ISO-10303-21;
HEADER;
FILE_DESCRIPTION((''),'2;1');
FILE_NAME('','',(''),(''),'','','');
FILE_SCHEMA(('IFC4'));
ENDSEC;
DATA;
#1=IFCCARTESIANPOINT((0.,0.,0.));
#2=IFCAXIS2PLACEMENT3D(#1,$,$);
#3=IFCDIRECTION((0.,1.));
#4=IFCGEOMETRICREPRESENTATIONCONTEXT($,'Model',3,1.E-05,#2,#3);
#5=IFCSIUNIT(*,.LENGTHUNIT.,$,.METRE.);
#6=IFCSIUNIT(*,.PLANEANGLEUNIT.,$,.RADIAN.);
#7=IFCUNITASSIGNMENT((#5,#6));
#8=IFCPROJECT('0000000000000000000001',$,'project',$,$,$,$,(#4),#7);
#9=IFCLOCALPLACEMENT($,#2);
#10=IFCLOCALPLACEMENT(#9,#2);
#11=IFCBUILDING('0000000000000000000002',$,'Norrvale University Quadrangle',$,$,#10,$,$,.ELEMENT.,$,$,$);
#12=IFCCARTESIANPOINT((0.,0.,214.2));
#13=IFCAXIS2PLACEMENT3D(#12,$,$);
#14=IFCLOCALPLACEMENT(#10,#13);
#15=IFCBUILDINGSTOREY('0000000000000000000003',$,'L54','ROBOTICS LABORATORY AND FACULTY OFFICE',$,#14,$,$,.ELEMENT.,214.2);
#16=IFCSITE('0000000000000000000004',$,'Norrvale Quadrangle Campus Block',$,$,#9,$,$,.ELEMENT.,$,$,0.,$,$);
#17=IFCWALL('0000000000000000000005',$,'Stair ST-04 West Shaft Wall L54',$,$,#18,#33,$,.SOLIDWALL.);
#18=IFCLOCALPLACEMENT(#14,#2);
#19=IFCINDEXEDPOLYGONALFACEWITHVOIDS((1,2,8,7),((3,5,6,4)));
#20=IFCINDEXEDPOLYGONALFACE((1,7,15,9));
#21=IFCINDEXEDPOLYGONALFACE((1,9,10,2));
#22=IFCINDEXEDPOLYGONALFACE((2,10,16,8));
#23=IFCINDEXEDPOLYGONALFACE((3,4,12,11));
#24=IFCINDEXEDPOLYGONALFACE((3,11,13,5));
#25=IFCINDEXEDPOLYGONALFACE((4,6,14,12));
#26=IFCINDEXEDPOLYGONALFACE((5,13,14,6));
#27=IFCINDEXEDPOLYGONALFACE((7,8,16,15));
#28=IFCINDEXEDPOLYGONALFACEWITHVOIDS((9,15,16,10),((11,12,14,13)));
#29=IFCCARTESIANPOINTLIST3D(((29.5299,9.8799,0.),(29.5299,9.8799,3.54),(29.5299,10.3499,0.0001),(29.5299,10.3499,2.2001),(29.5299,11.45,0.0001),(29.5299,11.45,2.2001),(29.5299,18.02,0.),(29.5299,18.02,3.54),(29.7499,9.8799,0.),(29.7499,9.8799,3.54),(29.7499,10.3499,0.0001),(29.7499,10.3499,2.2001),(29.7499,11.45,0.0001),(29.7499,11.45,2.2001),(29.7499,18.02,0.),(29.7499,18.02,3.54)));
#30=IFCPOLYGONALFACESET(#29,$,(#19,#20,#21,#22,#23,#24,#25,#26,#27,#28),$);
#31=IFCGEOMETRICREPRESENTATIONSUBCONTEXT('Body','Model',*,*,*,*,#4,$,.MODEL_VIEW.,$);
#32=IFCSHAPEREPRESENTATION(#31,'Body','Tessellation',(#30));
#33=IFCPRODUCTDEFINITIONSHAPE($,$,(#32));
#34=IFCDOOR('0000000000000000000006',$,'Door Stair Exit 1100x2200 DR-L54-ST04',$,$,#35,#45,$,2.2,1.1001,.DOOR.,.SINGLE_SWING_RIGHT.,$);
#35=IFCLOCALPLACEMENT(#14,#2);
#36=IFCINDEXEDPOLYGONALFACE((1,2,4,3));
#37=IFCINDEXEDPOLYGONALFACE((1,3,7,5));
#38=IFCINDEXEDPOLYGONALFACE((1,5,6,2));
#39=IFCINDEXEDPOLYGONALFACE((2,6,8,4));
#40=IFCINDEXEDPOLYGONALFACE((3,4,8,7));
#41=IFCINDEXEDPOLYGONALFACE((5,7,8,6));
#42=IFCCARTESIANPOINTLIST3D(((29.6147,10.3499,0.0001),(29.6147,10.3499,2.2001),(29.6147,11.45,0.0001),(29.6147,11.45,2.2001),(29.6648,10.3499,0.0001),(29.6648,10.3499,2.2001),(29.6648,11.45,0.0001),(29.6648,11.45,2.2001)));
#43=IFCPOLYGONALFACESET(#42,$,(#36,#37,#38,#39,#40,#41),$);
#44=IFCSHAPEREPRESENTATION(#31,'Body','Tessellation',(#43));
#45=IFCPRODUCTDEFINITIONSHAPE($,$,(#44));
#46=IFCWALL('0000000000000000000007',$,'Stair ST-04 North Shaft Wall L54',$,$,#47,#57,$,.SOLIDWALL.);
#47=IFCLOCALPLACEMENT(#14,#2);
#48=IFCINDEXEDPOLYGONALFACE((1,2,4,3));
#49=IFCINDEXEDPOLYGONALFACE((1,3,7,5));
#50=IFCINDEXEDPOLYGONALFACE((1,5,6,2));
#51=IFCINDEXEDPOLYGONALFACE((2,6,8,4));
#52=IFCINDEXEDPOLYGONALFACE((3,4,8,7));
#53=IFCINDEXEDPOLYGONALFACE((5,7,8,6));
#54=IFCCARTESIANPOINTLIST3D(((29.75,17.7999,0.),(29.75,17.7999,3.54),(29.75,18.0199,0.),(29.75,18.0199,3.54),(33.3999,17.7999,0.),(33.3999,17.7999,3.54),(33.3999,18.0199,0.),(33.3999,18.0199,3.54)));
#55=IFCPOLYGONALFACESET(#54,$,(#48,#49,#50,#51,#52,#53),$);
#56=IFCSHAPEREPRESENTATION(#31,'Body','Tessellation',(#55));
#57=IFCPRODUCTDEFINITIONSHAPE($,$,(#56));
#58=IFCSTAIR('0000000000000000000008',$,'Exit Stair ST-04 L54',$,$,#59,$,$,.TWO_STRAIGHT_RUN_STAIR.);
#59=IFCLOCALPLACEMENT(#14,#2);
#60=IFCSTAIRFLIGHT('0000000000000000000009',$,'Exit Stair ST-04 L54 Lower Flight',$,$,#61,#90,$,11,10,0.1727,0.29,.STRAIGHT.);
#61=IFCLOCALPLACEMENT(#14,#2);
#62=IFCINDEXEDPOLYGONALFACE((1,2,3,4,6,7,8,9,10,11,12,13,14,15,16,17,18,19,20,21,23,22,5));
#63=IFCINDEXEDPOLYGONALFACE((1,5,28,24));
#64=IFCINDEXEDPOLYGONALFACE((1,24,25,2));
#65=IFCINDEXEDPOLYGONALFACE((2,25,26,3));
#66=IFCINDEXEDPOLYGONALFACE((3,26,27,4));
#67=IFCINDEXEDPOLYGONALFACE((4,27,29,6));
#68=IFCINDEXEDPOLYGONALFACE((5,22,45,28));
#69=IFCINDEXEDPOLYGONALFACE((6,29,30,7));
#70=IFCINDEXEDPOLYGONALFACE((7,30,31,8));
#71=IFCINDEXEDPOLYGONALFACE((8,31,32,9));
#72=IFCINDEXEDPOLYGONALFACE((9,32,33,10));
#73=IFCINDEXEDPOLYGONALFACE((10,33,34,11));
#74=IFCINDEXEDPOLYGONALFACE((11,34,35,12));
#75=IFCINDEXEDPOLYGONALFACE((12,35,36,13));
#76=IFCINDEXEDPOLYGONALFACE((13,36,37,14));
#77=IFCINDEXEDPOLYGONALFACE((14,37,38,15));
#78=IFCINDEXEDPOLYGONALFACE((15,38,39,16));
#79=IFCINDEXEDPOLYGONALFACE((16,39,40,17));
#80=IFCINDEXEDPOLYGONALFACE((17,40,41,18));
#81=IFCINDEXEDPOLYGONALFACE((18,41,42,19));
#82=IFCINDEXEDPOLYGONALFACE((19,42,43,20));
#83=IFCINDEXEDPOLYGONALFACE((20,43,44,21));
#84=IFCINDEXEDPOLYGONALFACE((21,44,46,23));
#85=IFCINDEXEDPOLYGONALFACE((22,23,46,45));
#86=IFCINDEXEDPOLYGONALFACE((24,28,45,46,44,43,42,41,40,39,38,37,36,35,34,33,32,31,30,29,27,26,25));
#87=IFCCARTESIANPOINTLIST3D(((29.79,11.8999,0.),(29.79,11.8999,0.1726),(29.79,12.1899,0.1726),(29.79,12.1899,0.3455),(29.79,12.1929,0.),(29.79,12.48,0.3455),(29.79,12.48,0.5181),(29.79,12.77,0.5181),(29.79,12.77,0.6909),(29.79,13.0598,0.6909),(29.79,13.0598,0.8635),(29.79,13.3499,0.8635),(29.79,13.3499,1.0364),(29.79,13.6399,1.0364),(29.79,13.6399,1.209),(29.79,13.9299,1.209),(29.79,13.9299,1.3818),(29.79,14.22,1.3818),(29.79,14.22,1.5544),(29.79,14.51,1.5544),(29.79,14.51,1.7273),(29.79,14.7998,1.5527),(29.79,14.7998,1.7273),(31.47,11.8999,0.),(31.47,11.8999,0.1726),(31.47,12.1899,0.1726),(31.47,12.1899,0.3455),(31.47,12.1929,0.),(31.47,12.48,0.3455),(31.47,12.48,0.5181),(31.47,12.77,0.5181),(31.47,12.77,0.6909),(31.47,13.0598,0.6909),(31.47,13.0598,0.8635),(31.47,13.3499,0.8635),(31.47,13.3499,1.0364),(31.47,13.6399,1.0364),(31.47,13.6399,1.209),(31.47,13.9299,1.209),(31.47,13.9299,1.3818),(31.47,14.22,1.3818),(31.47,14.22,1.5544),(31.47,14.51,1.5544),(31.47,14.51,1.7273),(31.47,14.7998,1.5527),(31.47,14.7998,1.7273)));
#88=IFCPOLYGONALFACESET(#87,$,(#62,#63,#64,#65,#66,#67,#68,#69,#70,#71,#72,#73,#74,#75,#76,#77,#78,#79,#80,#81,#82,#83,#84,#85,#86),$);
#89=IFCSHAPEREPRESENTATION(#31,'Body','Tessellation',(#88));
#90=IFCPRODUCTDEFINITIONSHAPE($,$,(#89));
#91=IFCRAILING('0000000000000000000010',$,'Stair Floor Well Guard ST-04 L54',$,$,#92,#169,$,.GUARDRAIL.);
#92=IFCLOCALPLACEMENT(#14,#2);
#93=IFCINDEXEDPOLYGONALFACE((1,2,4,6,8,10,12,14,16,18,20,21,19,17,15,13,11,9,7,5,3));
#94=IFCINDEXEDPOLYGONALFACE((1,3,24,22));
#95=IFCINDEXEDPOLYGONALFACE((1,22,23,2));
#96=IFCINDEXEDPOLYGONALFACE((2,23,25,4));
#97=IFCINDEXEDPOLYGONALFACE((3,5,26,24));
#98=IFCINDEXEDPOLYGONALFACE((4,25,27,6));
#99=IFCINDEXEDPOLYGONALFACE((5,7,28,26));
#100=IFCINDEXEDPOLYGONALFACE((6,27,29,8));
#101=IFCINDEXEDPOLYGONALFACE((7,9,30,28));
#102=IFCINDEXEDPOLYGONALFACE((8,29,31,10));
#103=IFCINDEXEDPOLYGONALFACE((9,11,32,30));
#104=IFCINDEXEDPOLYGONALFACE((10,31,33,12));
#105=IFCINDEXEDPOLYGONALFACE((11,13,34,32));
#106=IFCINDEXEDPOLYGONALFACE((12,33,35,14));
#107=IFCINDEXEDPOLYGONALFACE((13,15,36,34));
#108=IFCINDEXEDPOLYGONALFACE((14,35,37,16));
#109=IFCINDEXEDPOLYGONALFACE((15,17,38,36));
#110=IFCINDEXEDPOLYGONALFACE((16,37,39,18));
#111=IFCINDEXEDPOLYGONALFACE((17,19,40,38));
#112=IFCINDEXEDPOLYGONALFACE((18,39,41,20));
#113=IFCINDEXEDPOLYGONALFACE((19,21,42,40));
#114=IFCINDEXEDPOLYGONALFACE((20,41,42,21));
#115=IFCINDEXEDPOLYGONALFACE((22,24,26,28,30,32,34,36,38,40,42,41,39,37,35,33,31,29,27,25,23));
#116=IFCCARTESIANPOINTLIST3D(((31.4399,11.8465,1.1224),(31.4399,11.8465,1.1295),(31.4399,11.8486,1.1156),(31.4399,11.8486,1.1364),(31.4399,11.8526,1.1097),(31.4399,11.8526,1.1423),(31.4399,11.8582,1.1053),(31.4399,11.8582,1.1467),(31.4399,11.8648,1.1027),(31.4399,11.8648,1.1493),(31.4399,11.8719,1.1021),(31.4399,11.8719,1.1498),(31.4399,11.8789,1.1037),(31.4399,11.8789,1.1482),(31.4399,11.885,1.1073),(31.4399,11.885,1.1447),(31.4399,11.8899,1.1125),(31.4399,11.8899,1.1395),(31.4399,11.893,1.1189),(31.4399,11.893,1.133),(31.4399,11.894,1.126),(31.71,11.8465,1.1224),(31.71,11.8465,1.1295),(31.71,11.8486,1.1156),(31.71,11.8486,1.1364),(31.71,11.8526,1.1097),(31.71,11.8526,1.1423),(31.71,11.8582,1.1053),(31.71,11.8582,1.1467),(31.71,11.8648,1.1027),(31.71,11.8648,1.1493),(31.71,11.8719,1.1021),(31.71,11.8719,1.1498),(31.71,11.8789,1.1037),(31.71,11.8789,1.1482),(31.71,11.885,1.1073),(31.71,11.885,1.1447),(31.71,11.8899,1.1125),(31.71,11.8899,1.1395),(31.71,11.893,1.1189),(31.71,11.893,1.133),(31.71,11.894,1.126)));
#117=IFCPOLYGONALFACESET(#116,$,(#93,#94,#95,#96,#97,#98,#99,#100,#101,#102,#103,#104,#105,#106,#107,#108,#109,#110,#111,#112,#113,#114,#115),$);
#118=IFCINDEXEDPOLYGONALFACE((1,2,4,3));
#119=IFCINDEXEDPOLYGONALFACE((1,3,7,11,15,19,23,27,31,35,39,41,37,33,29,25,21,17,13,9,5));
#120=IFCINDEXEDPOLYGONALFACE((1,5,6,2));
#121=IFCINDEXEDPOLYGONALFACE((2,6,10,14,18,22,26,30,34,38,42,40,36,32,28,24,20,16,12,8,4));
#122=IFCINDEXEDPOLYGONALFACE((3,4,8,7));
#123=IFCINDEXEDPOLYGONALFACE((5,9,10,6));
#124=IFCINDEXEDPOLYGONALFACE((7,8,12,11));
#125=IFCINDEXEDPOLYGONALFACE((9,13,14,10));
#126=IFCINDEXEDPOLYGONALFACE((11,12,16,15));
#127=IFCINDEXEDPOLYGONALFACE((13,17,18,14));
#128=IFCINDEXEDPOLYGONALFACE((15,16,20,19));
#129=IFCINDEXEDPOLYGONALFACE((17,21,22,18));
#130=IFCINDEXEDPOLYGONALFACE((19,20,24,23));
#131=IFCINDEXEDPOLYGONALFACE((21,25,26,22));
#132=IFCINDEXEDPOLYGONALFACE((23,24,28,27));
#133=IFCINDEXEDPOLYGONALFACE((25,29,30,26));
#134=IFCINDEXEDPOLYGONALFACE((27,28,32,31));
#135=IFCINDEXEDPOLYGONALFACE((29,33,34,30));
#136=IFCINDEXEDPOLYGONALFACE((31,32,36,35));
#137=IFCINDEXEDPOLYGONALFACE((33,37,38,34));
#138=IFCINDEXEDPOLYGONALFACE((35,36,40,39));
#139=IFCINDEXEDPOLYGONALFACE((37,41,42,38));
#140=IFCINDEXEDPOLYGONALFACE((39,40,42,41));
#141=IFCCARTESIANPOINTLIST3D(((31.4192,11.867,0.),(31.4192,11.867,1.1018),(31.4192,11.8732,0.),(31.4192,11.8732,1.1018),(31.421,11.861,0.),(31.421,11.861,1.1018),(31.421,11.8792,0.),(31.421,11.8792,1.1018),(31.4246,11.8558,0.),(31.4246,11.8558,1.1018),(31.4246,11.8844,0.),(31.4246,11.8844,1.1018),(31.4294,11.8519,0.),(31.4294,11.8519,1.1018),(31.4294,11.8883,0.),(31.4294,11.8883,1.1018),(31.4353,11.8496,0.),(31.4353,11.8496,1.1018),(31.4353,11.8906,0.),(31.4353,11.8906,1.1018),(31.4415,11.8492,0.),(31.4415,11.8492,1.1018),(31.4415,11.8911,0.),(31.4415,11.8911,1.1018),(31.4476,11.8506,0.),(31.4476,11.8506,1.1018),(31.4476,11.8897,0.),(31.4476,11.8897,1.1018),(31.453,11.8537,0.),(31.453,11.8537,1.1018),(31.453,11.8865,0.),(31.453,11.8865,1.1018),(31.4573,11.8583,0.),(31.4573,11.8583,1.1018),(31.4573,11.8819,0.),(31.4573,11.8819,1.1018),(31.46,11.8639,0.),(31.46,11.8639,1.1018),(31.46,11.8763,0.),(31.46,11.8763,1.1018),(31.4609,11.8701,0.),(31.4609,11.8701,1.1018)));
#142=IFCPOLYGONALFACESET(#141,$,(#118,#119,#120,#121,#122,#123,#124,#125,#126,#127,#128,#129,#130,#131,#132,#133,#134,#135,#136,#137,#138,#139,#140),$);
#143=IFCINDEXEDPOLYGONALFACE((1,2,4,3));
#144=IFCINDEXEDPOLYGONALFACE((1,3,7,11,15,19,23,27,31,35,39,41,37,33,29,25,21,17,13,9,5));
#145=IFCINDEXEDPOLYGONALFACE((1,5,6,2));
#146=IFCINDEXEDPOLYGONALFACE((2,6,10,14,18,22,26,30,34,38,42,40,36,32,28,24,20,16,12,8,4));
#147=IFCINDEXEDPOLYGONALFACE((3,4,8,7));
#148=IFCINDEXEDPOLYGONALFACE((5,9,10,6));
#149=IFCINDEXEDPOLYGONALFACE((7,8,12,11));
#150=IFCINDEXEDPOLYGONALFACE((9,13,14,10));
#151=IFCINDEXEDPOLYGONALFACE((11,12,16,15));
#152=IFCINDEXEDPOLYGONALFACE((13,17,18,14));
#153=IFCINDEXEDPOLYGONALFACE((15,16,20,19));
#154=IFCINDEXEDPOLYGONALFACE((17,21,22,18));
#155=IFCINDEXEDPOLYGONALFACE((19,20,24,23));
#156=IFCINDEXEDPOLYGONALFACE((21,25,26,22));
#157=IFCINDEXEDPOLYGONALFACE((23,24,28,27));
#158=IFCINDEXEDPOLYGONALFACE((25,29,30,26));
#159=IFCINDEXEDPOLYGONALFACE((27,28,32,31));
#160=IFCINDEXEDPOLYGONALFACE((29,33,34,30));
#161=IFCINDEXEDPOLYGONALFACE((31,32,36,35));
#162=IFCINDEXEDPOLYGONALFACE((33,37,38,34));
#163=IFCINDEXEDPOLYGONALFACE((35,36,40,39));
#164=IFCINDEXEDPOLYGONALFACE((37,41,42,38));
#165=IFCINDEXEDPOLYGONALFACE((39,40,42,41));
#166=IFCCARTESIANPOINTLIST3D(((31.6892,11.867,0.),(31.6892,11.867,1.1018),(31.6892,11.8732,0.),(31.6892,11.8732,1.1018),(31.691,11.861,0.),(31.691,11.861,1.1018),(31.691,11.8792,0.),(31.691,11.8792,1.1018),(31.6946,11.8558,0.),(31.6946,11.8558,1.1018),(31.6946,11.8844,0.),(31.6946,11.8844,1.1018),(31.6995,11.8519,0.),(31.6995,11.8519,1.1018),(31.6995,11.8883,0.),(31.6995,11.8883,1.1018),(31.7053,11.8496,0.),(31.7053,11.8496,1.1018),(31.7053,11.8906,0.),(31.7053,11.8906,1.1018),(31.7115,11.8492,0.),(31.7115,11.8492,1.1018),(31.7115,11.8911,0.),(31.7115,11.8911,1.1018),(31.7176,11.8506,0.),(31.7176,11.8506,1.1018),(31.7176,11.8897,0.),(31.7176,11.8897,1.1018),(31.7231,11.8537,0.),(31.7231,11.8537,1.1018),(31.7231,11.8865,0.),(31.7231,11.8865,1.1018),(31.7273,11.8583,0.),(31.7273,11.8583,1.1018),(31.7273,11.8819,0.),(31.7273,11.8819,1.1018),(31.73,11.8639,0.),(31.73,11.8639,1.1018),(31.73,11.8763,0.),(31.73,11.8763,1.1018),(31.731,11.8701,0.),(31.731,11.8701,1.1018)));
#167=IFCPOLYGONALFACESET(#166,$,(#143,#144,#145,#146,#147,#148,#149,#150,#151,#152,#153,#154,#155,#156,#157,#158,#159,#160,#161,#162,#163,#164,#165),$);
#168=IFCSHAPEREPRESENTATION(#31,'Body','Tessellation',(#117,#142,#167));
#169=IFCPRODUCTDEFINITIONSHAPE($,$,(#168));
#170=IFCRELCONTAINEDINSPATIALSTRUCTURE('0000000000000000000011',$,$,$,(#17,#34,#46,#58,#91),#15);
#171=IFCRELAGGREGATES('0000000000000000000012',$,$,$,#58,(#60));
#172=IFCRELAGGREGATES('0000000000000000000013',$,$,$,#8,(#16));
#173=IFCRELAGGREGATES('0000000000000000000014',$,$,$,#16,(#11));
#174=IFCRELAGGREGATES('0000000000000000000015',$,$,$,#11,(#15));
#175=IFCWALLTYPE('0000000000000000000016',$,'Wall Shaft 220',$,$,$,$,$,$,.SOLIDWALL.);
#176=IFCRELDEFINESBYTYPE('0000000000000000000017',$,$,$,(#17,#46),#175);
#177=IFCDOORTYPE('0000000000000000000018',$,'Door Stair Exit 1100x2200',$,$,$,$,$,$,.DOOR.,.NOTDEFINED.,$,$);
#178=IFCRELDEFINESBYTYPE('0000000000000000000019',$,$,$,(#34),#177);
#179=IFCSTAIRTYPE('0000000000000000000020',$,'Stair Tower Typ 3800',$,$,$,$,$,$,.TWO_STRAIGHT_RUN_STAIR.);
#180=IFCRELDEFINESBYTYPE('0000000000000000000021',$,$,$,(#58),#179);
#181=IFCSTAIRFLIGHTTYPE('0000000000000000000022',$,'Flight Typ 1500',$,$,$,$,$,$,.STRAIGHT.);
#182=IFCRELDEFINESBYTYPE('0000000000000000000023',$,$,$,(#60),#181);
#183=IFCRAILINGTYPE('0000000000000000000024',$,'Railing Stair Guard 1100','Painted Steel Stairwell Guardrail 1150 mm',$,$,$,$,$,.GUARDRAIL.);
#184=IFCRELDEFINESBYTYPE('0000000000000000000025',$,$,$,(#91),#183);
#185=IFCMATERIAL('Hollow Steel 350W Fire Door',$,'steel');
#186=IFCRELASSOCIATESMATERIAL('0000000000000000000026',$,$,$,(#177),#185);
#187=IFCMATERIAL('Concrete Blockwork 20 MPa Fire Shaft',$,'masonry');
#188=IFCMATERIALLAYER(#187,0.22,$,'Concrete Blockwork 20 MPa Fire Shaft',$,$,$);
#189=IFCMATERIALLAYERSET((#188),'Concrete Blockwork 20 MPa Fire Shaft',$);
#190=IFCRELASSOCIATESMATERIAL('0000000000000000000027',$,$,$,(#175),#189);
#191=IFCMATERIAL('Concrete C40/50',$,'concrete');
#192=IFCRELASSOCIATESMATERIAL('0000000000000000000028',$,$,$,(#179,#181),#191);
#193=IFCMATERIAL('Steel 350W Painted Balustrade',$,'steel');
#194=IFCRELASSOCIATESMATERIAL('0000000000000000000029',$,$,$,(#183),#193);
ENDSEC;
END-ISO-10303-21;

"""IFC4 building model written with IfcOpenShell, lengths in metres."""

from ifc_helpers import new_model, si_unit, direction, frame, frame_2d, origin, origin_2d, place, context, subcontext, project, spatial, polyline, rectangle, circle, outline, extrude, material, layer, layer_set, type_object, element, fill, aggregate, save


model = new_model("IFC4")

# Units and contexts
model_context = context("Model", 3, precision=1e-05, world=origin(), true_north=direction((0.0, 1.0)))
body_context = subcontext(model_context, "Body", "Model", "MODEL_VIEW")
ifc_project = project(units=[si_unit("LENGTHUNIT", "METRE"), si_unit("PLANEANGLEUNIT", "RADIAN")], contexts=[model_context])

# Site, building, storey
site_placement = place(None, origin())
site = spatial("IfcSite", under=ifc_project, at=site_placement, Name="Norrvale Quadrangle Campus Block", CompositionType="ELEMENT", RefElevation=0.0)
building_placement = place(site_placement, origin())
building = spatial("IfcBuilding", under=site, at=building_placement, Name="Norrvale University Quadrangle", CompositionType="ELEMENT")
storey_placement = place(building_placement, frame((0.0, 0.0, 214.2)))
storey = spatial("IfcBuildingStorey", under=building, at=storey_placement, Name="L54", Description="ROBOTICS LABORATORY AND FACULTY OFFICE", CompositionType="ELEMENT", Elevation=214.2)

# Shared definitions
ifc_material_1 = material(Name="Hollow Steel 350W Fire Door", Category="steel")
door_type = type_object("IfcDoorType", Name="Door Stair Exit 1100x2200", OperationType="NOTDEFINED", PredefinedType="DOOR", material=ifc_material_1)

# Shared definitions
ifc_material_2 = material(Name="Concrete Blockwork 20 MPa Fire Shaft", Category="masonry")
ifc_layer_1 = layer(ifc_material_2, 0.22, Name="Concrete Blockwork 20 MPa Fire Shaft")
ifc_layer_set_1 = layer_set([ifc_layer_1], Name="Concrete Blockwork 20 MPa Fire Shaft")
wall_type_1 = type_object("IfcWallType", Name="Wall Shaft 220", PredefinedType="SOLIDWALL", material=ifc_layer_set_1)

# Wall, opening, door
wall_1_placement = place(storey_placement, frame((29.6399, 9.8799, 0.0), z_axis=(0.0, 0.0, 1.0), x_axis=(0.0, 1.0, 0.0)))
wall_1 = element("IfcWall", 1, at=wall_1_placement, inside=storey, type_object=wall_type_1, Name="Stair ST-04 West Shaft Wall L54", PredefinedType="SOLIDWALL", context=body_context, shape_type="SweptSolid", body=[
    extrude(rectangle(XDim=8.1401, YDim=0.22, at=frame_2d((4.0701, 0.0))), origin(), (0.0, 0.0, 1.0), 3.54),
])
opening_1_placement = place(wall_1_placement, frame((0.47, 0.0, 0.0)))
opening_1 = element("IfcOpeningElement", 2, at=opening_1_placement, cuts=wall_1, PredefinedType="OPENING", context=body_context, shape_type="SweptSolid", body=[
    extrude(rectangle(XDim=1.1001, YDim=2.2, at=frame_2d((0.55, 1.1001))), frame((0.0, 0.1221, 0.0), z_axis=(0.0, -1.0, 0.0), x_axis=(1.0, 0.0, 0.0)), (0.0, 0.0, 1.0), 0.2439),
])
door_1_placement = place(opening_1_placement, frame((1.1001, 0.0, 0.0), z_axis=(0.0, 0.0, 1.0), x_axis=(-1.0, 0.0, 0.0)))
door_1 = element("IfcDoor", 3, at=door_1_placement, inside=storey, type_object=door_type, Name="Door Stair Exit 1100x2200 DR-L54-ST04", OperationType="SINGLE_SWING_RIGHT", OverallHeight=2.2, OverallWidth=1.1001, PredefinedType="DOOR", context=body_context, shape_type="SweptSolid", body=[
    extrude(rectangle(XDim=1.1001, YDim=2.2, at=frame_2d((0.55, 1.1001))), frame((0.0, 0.0249, 0.0), z_axis=(0.0, -1.0, 0.0), x_axis=(1.0, 0.0, 0.0)), (0.0, 0.0, 1.0), 0.05),
])
fill(opening_1, door_1)

# Wall
wall_2_placement = place(storey_placement, frame((29.75, 17.9099, 0.0), z_axis=(0.0, 0.0, 1.0), x_axis=(1.0, 0.0, 0.0)))
element("IfcWall", 4, at=wall_2_placement, inside=storey, type_object=wall_type_1, Name="Stair ST-04 North Shaft Wall L54", PredefinedType="SOLIDWALL", context=body_context, shape_type="SweptSolid", body=[
    extrude(rectangle(XDim=3.6499, YDim=0.22, at=frame_2d((1.825, 0.0))), origin(), (0.0, 0.0, 1.0), 3.54),
])

# Stair, stair flight
ifc_material_3 = material(Name="Concrete C40/50", Category="concrete")
stair_type = type_object("IfcStairType", Name="Stair Tower Typ 3800", PredefinedType="TWO_STRAIGHT_RUN_STAIR", material=ifc_material_3)
stair_placement = place(storey_placement, origin())
stair = element("IfcStair", 5, at=stair_placement, inside=storey, type_object=stair_type, Name="Exit Stair ST-04 L54", PredefinedType="TWO_STRAIGHT_RUN_STAIR")
stair_flight_type = type_object("IfcStairFlightType", Name="Flight Typ 1500", PredefinedType="STRAIGHT", material=ifc_material_3)
stair_flight_placement = place(storey_placement, frame((30.6299, 11.8999, 0.0), z_axis=(0.0, 0.0, 1.0), x_axis=(0.0, 1.0, 0.0)))
stair_flight = element("IfcStairFlight", 6, at=stair_flight_placement, type_object=stair_flight_type, Name="Exit Stair ST-04 L54 Lower Flight", NumberOfRisers=11, NumberOfTreads=10, PredefinedType="STRAIGHT", RiserHeight=0.1727, TreadLength=0.29, context=body_context, shape_type="SweptSolid", body=[
    extrude(outline(polyline([(0.0, 0.0), (0.0, 0.1726), (0.29, 0.1726), (0.29, 0.3455), (0.5801, 0.3455), (0.5801, 0.5181), (0.8701, 0.5181), (0.8701, 0.6909), (1.1599, 0.6909), (1.1599, 0.8635), (1.45, 0.8635), (1.45, 1.0364), (1.74, 1.0364), (1.74, 1.209), (2.03, 1.209), (2.03, 1.3818), (2.3201, 1.3818), (2.3201, 1.5544), (2.6101, 1.5544), (2.6101, 1.7273), (2.8999, 1.7273), (2.8999, 1.8999), (2.8999, 1.5527), (0.293, 0.0), (0.0, 0.0)])), frame((0.0, 0.8398, 0.0), z_axis=(0.0, -1.0, 0.0), x_axis=(1.0, 0.0, 0.0)), (0.0, 0.0, 1.0), 1.6799),
])
aggregate(stair, [stair_flight])

# Railing
ifc_material_4 = material(Name="Steel 350W Painted Balustrade", Category="steel")
railing_type_1 = type_object("IfcRailingType", Name="Railing Stair Guard 1100", Description="Painted Steel Stairwell Guardrail 1150 mm", PredefinedType="GUARDRAIL", material=ifc_material_4)
railing_1_placement = place(storey_placement, frame((31.4399, 11.8701, 0.0)))
element("IfcRailing", 7, at=railing_1_placement, inside=storey, type_object=railing_type_1, Name="Stair Floor Well Guard ST-04 L54", PredefinedType="GUARDRAIL", context=body_context, shape_type="SweptSolid", body=[
    extrude(circle(Radius=0.0239, at=origin_2d()), frame((0.0, 0.0, 1.126), z_axis=(1.0, 0.0, 0.0), x_axis=(0.0, 1.0, 0.0)), (0.0, 0.0, 1.0), 0.27),
    extrude(circle(Radius=0.021, at=origin_2d()), origin(), (0.0, 0.0, 1.0), 1.1018),
    extrude(circle(Radius=0.021, at=origin_2d()), frame((0.27, 0.0, 0.0)), (0.0, 0.0, 1.0), 1.1018),
])

save(model, "model.ifc")
